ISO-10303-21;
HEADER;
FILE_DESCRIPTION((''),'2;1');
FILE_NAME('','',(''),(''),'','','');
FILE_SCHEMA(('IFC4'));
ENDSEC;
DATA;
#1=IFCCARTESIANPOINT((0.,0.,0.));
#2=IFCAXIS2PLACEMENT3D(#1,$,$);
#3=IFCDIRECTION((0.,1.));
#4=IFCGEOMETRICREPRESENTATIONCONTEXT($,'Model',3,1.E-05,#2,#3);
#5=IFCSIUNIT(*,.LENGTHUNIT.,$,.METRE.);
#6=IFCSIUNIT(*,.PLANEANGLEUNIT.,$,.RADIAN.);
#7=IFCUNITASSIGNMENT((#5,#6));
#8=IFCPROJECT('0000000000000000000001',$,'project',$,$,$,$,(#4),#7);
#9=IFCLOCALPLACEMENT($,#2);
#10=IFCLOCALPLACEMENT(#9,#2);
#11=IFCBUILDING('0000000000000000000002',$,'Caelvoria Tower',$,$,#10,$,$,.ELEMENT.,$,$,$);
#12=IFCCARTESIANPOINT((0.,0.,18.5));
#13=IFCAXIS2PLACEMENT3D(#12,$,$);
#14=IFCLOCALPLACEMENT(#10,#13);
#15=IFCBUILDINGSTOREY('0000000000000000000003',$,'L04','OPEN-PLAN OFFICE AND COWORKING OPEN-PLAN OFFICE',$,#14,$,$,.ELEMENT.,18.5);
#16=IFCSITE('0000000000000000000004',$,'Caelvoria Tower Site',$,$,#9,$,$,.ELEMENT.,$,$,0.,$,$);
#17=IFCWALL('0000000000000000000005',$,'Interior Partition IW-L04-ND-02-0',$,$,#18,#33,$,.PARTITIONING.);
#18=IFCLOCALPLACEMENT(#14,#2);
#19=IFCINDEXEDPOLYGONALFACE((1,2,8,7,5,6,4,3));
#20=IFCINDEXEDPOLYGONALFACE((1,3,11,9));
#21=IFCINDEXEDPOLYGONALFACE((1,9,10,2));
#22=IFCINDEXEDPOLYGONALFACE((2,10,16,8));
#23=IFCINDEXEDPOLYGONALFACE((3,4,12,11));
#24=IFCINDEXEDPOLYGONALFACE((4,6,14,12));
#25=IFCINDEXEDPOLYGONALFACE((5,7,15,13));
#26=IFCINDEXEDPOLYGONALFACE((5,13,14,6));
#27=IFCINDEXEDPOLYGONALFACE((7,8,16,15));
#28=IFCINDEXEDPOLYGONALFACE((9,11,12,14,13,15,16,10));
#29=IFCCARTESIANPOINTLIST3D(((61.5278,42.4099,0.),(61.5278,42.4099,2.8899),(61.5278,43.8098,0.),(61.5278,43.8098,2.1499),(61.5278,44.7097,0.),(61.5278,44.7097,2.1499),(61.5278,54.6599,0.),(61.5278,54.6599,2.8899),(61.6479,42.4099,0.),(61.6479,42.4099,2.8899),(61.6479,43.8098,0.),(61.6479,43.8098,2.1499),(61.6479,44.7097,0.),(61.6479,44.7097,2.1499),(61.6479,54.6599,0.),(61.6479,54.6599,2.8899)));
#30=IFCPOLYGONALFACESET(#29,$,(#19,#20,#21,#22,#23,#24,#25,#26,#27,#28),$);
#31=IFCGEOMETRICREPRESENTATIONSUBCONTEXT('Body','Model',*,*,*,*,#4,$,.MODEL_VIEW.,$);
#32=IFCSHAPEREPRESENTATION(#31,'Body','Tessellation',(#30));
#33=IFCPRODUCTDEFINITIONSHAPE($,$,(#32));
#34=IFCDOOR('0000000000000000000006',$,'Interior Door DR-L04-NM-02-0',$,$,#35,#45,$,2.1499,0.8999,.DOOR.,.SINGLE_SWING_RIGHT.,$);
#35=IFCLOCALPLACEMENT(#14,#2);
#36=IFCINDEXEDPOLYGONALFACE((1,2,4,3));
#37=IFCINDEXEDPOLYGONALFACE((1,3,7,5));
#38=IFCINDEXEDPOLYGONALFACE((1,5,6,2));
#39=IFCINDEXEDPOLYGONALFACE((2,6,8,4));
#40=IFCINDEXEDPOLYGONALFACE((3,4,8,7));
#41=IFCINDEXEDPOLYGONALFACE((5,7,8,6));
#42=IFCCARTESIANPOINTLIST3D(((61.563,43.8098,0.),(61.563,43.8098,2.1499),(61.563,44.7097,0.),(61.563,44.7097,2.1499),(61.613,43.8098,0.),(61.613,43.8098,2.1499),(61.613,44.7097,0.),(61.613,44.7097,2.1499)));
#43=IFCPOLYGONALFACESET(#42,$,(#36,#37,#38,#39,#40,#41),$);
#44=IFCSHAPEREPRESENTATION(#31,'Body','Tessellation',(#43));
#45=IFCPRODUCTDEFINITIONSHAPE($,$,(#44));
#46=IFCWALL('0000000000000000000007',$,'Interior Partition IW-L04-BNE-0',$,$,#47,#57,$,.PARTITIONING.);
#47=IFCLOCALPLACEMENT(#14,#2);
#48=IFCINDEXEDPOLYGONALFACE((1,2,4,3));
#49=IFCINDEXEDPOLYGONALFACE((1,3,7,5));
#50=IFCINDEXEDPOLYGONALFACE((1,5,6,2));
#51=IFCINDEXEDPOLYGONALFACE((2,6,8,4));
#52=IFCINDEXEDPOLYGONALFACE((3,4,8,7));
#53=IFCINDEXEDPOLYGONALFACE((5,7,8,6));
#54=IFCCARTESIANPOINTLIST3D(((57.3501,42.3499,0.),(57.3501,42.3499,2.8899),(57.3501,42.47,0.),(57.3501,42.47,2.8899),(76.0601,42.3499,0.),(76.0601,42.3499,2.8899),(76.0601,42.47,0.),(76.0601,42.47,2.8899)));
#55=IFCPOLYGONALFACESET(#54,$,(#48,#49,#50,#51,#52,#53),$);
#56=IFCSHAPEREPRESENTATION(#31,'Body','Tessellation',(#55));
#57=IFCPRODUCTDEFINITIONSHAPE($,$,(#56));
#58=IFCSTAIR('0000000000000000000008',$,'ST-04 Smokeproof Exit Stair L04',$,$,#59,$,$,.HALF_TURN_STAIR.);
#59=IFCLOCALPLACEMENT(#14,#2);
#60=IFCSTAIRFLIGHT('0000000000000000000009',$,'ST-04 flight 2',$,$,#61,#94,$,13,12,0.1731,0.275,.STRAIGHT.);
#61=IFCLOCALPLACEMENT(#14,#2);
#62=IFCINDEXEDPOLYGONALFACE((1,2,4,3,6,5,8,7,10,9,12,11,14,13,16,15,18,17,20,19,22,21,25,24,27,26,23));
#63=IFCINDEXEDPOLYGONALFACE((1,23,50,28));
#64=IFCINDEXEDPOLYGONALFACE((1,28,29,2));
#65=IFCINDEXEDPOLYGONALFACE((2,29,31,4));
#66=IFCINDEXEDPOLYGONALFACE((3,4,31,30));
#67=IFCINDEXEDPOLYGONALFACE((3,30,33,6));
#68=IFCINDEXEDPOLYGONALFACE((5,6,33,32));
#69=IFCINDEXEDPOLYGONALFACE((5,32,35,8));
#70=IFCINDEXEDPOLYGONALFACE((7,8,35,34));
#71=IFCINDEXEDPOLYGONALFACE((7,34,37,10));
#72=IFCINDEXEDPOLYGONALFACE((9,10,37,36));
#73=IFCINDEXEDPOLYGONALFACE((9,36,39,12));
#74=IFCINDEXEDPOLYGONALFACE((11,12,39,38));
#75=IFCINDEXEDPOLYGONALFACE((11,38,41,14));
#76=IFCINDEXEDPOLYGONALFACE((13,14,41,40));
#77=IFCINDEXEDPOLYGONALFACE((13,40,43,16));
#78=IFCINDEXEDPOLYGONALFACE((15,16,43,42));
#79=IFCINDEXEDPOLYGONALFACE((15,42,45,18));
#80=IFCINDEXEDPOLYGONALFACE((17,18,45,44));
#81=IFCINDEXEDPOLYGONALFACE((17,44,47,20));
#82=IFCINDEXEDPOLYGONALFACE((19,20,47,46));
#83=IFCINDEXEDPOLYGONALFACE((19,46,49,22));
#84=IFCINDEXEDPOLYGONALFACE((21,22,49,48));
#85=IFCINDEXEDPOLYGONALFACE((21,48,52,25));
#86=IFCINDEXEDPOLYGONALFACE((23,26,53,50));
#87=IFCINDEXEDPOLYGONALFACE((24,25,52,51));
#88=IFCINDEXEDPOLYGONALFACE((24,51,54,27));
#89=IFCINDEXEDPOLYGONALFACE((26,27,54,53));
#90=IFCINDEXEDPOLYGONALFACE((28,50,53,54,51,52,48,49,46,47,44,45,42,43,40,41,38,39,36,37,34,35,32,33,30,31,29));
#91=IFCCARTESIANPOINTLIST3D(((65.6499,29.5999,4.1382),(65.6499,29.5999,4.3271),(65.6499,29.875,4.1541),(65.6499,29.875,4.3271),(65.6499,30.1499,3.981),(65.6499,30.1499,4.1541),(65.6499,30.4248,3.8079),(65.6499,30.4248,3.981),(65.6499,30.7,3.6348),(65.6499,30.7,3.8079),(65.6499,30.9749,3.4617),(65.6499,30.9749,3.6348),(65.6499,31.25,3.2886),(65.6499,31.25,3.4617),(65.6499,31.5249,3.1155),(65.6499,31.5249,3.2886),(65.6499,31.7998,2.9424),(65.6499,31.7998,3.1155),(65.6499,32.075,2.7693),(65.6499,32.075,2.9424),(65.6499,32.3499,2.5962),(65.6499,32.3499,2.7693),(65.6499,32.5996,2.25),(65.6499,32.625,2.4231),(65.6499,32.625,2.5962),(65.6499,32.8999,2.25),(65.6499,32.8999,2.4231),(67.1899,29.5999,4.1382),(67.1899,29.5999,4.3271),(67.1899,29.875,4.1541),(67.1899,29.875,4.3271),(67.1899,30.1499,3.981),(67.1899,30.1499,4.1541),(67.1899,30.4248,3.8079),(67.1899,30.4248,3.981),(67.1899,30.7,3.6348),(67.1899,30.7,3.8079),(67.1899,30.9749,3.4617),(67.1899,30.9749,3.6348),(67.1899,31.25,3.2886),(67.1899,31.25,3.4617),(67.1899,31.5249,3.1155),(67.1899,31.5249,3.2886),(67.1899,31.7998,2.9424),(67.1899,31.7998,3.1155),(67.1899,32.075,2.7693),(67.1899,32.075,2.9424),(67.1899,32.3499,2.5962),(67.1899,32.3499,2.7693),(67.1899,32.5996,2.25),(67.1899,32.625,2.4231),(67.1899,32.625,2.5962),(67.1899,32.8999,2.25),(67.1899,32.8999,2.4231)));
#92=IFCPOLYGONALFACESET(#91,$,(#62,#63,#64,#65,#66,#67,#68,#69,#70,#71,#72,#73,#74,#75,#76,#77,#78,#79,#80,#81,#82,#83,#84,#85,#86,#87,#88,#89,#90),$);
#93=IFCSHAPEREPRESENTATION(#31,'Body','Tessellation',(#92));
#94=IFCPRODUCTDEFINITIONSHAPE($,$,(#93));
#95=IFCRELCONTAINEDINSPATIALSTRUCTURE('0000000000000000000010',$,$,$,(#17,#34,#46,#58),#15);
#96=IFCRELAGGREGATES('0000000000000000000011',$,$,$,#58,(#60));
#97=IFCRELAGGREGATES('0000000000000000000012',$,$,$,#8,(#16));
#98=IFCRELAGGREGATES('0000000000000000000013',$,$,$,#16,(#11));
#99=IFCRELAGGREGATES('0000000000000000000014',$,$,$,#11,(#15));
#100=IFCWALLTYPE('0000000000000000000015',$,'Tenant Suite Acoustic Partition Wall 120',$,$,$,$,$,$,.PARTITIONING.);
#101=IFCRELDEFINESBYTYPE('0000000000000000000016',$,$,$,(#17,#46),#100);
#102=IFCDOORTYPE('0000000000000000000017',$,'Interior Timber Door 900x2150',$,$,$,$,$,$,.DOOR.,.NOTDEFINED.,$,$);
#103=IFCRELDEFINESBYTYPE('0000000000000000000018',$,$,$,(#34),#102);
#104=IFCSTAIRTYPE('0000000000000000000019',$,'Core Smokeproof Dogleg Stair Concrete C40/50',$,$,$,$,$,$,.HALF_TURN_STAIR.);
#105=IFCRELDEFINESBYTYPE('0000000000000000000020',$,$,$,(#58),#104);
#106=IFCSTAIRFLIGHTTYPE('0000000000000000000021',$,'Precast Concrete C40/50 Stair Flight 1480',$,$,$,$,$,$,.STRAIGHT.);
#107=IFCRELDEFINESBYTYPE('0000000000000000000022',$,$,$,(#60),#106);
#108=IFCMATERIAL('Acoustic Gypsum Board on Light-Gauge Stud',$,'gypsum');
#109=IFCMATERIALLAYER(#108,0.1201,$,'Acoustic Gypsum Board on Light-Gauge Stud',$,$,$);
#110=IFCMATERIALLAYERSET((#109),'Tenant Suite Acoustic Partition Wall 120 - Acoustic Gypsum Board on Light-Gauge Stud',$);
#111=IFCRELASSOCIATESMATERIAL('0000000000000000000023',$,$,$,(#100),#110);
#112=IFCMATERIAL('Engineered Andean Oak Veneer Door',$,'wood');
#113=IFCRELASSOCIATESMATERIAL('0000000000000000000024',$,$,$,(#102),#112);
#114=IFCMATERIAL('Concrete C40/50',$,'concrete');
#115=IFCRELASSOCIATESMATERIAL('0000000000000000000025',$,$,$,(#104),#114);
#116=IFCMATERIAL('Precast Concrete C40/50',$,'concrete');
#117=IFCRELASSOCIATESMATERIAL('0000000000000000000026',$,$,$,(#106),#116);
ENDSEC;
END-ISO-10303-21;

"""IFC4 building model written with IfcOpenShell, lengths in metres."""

from ifc_helpers import new_model, si_unit, direction, frame, frame_2d, origin, place, context, subcontext, project, spatial, polyline, rectangle, outline, extrude, material, layer, layer_set, type_object, element, fill, aggregate, save


model = new_model("IFC4")

# Units and contexts
model_context = context("Model", 3, precision=1e-05, world=origin(), true_north=direction((0.0, 1.0)))
body_context = subcontext(model_context, "Body", "Model", "MODEL_VIEW")
ifc_project = project(units=[si_unit("LENGTHUNIT", "METRE"), si_unit("PLANEANGLEUNIT", "RADIAN")], contexts=[model_context])

# Site, building, storey
site_placement = place(None, origin())
site = spatial("IfcSite", under=ifc_project, at=site_placement, Name="Caelvoria Tower Site", CompositionType="ELEMENT", RefElevation=0.0)
building_placement = place(site_placement, origin())
building = spatial("IfcBuilding", under=site, at=building_placement, Name="Caelvoria Tower", CompositionType="ELEMENT")
storey_placement = place(building_placement, frame((0.0, 0.0, 18.5)))
storey = spatial("IfcBuildingStorey", under=building, at=storey_placement, Name="L04", Description="OPEN-PLAN OFFICE AND COWORKING OPEN-PLAN OFFICE", CompositionType="ELEMENT", Elevation=18.5)

# Wall, opening, door
ifc_material_1 = material(Name="Acoustic Gypsum Board on Light-Gauge Stud", Category="gypsum")
ifc_layer_1 = layer(ifc_material_1, 0.1201, Name="Acoustic Gypsum Board on Light-Gauge Stud")
ifc_layer_set_1 = layer_set([ifc_layer_1], Name="Tenant Suite Acoustic Partition Wall 120 - Acoustic Gypsum Board on Light-Gauge Stud")
wall_type_1 = type_object("IfcWallType", Name="Tenant Suite Acoustic Partition Wall 120", PredefinedType="PARTITIONING", material=ifc_layer_set_1)
wall_1_placement = place(storey_placement, frame((61.5879, 42.4099, 0.0), z_axis=(0.0, 0.0, 1.0), x_axis=(0.0, 1.0, 0.0)))
wall_1 = element("IfcWall", 1, at=wall_1_placement, inside=storey, type_object=wall_type_1, Name="Interior Partition IW-L04-ND-02-0", PredefinedType="PARTITIONING", context=body_context, shape_type="SweptSolid", body=[
    extrude(rectangle(XDim=12.25, YDim=0.1201, at=frame_2d((6.125, 0.0))), origin(), (0.0, 0.0, 1.0), 2.8899),
])
opening_1_placement = place(wall_1_placement, frame((1.3999, 0.0, 0.0)))
opening_1 = element("IfcOpeningElement", 2, at=opening_1_placement, cuts=wall_1, PredefinedType="OPENING", context=body_context, shape_type="SweptSolid", body=[
    extrude(rectangle(XDim=0.8999, YDim=2.1499, at=frame_2d((0.45, 1.075))), frame((0.0, 0.0701, 0.0), z_axis=(0.0, -1.0, 0.0), x_axis=(1.0, 0.0, 0.0)), (0.0, 0.0, 1.0), 0.1401),
])
ifc_material_2 = material(Name="Engineered Andean Oak Veneer Door", Category="wood")
door_type = type_object("IfcDoorType", Name="Interior Timber Door 900x2150", OperationType="NOTDEFINED", PredefinedType="DOOR", material=ifc_material_2)
door_placement = place(opening_1_placement, origin())
door = element("IfcDoor", 3, at=door_placement, inside=storey, type_object=door_type, Name="Interior Door DR-L04-NM-02-0", OperationType="SINGLE_SWING_RIGHT", OverallHeight=2.1499, OverallWidth=0.8999, PredefinedType="DOOR", context=body_context, shape_type="SweptSolid", body=[
    extrude(rectangle(XDim=0.8999, YDim=2.1499, at=frame_2d((0.45, 1.075))), frame((0.0, 0.0249, 0.0), z_axis=(0.0, -1.0, 0.0), x_axis=(1.0, 0.0, 0.0)), (0.0, 0.0, 1.0), 0.05),
])
fill(opening_1, door)

# Wall
wall_2_placement = place(storey_placement, frame((57.3501, 42.4099, 0.0), z_axis=(0.0, 0.0, 1.0), x_axis=(1.0, 0.0, 0.0)))
element("IfcWall", 4, at=wall_2_placement, inside=storey, type_object=wall_type_1, Name="Interior Partition IW-L04-BNE-0", PredefinedType="PARTITIONING", context=body_context, shape_type="SweptSolid", body=[
    extrude(rectangle(XDim=18.71, YDim=0.1201, at=frame_2d((9.355, 0.0))), origin(), (0.0, 0.0, 1.0), 2.8899),
])

# Stair, stair flight
ifc_material_3 = material(Name="Concrete C40/50", Category="concrete")
stair_type = type_object("IfcStairType", Name="Core Smokeproof Dogleg Stair Concrete C40/50", PredefinedType="HALF_TURN_STAIR", material=ifc_material_3)
stair_placement = place(storey_placement, origin())
stair = element("IfcStair", 5, at=stair_placement, inside=storey, type_object=stair_type, Name="ST-04 Smokeproof Exit Stair L04", PredefinedType="HALF_TURN_STAIR")
ifc_material_4 = material(Name="Precast Concrete C40/50", Category="concrete")
stair_flight_type = type_object("IfcStairFlightType", Name="Precast Concrete C40/50 Stair Flight 1480", PredefinedType="STRAIGHT", material=ifc_material_4)
stair_flight_placement = place(storey_placement, frame((66.4199, 32.8999, 2.25), z_axis=(0.0, 0.0, 1.0), x_axis=(0.0, -1.0, 0.0)))
stair_flight = element("IfcStairFlight", 6, at=stair_flight_placement, type_object=stair_flight_type, Name="ST-04 flight 2", NumberOfRisers=13, NumberOfTreads=12, PredefinedType="STRAIGHT", RiserHeight=0.1731, TreadLength=0.275, context=body_context, shape_type="SweptSolid", body=[
    extrude(outline(polyline([(0.0, 0.0), (0.0, 0.1731), (0.2749, 0.1731), (0.2749, 0.3462), (0.55, 0.3462), (0.55, 0.5193), (0.825, 0.5193), (0.825, 0.6924), (1.1001, 0.6924), (1.1001, 0.8655), (1.375, 0.8655), (1.375, 1.0386), (1.6499, 1.0386), (1.6499, 1.2117), (1.925, 1.2117), (1.925, 1.3848), (2.2, 1.3848), (2.2, 1.5579), (2.4751, 1.5579), (2.4751, 1.731), (2.75, 1.731), (2.75, 1.9041), (3.0249, 1.9041), (3.0249, 2.0771), (3.3, 2.0771), (3.3, 2.2502), (3.3, 1.8882), (0.3003, 0.0), (0.0, 0.0)])), frame((0.0, 0.77, 0.0), z_axis=(0.0, -1.0, 0.0), x_axis=(1.0, 0.0, 0.0)), (0.0, 0.0, 1.0), 1.54),
])
aggregate(stair, [stair_flight])

save(model, "model.ifc")
